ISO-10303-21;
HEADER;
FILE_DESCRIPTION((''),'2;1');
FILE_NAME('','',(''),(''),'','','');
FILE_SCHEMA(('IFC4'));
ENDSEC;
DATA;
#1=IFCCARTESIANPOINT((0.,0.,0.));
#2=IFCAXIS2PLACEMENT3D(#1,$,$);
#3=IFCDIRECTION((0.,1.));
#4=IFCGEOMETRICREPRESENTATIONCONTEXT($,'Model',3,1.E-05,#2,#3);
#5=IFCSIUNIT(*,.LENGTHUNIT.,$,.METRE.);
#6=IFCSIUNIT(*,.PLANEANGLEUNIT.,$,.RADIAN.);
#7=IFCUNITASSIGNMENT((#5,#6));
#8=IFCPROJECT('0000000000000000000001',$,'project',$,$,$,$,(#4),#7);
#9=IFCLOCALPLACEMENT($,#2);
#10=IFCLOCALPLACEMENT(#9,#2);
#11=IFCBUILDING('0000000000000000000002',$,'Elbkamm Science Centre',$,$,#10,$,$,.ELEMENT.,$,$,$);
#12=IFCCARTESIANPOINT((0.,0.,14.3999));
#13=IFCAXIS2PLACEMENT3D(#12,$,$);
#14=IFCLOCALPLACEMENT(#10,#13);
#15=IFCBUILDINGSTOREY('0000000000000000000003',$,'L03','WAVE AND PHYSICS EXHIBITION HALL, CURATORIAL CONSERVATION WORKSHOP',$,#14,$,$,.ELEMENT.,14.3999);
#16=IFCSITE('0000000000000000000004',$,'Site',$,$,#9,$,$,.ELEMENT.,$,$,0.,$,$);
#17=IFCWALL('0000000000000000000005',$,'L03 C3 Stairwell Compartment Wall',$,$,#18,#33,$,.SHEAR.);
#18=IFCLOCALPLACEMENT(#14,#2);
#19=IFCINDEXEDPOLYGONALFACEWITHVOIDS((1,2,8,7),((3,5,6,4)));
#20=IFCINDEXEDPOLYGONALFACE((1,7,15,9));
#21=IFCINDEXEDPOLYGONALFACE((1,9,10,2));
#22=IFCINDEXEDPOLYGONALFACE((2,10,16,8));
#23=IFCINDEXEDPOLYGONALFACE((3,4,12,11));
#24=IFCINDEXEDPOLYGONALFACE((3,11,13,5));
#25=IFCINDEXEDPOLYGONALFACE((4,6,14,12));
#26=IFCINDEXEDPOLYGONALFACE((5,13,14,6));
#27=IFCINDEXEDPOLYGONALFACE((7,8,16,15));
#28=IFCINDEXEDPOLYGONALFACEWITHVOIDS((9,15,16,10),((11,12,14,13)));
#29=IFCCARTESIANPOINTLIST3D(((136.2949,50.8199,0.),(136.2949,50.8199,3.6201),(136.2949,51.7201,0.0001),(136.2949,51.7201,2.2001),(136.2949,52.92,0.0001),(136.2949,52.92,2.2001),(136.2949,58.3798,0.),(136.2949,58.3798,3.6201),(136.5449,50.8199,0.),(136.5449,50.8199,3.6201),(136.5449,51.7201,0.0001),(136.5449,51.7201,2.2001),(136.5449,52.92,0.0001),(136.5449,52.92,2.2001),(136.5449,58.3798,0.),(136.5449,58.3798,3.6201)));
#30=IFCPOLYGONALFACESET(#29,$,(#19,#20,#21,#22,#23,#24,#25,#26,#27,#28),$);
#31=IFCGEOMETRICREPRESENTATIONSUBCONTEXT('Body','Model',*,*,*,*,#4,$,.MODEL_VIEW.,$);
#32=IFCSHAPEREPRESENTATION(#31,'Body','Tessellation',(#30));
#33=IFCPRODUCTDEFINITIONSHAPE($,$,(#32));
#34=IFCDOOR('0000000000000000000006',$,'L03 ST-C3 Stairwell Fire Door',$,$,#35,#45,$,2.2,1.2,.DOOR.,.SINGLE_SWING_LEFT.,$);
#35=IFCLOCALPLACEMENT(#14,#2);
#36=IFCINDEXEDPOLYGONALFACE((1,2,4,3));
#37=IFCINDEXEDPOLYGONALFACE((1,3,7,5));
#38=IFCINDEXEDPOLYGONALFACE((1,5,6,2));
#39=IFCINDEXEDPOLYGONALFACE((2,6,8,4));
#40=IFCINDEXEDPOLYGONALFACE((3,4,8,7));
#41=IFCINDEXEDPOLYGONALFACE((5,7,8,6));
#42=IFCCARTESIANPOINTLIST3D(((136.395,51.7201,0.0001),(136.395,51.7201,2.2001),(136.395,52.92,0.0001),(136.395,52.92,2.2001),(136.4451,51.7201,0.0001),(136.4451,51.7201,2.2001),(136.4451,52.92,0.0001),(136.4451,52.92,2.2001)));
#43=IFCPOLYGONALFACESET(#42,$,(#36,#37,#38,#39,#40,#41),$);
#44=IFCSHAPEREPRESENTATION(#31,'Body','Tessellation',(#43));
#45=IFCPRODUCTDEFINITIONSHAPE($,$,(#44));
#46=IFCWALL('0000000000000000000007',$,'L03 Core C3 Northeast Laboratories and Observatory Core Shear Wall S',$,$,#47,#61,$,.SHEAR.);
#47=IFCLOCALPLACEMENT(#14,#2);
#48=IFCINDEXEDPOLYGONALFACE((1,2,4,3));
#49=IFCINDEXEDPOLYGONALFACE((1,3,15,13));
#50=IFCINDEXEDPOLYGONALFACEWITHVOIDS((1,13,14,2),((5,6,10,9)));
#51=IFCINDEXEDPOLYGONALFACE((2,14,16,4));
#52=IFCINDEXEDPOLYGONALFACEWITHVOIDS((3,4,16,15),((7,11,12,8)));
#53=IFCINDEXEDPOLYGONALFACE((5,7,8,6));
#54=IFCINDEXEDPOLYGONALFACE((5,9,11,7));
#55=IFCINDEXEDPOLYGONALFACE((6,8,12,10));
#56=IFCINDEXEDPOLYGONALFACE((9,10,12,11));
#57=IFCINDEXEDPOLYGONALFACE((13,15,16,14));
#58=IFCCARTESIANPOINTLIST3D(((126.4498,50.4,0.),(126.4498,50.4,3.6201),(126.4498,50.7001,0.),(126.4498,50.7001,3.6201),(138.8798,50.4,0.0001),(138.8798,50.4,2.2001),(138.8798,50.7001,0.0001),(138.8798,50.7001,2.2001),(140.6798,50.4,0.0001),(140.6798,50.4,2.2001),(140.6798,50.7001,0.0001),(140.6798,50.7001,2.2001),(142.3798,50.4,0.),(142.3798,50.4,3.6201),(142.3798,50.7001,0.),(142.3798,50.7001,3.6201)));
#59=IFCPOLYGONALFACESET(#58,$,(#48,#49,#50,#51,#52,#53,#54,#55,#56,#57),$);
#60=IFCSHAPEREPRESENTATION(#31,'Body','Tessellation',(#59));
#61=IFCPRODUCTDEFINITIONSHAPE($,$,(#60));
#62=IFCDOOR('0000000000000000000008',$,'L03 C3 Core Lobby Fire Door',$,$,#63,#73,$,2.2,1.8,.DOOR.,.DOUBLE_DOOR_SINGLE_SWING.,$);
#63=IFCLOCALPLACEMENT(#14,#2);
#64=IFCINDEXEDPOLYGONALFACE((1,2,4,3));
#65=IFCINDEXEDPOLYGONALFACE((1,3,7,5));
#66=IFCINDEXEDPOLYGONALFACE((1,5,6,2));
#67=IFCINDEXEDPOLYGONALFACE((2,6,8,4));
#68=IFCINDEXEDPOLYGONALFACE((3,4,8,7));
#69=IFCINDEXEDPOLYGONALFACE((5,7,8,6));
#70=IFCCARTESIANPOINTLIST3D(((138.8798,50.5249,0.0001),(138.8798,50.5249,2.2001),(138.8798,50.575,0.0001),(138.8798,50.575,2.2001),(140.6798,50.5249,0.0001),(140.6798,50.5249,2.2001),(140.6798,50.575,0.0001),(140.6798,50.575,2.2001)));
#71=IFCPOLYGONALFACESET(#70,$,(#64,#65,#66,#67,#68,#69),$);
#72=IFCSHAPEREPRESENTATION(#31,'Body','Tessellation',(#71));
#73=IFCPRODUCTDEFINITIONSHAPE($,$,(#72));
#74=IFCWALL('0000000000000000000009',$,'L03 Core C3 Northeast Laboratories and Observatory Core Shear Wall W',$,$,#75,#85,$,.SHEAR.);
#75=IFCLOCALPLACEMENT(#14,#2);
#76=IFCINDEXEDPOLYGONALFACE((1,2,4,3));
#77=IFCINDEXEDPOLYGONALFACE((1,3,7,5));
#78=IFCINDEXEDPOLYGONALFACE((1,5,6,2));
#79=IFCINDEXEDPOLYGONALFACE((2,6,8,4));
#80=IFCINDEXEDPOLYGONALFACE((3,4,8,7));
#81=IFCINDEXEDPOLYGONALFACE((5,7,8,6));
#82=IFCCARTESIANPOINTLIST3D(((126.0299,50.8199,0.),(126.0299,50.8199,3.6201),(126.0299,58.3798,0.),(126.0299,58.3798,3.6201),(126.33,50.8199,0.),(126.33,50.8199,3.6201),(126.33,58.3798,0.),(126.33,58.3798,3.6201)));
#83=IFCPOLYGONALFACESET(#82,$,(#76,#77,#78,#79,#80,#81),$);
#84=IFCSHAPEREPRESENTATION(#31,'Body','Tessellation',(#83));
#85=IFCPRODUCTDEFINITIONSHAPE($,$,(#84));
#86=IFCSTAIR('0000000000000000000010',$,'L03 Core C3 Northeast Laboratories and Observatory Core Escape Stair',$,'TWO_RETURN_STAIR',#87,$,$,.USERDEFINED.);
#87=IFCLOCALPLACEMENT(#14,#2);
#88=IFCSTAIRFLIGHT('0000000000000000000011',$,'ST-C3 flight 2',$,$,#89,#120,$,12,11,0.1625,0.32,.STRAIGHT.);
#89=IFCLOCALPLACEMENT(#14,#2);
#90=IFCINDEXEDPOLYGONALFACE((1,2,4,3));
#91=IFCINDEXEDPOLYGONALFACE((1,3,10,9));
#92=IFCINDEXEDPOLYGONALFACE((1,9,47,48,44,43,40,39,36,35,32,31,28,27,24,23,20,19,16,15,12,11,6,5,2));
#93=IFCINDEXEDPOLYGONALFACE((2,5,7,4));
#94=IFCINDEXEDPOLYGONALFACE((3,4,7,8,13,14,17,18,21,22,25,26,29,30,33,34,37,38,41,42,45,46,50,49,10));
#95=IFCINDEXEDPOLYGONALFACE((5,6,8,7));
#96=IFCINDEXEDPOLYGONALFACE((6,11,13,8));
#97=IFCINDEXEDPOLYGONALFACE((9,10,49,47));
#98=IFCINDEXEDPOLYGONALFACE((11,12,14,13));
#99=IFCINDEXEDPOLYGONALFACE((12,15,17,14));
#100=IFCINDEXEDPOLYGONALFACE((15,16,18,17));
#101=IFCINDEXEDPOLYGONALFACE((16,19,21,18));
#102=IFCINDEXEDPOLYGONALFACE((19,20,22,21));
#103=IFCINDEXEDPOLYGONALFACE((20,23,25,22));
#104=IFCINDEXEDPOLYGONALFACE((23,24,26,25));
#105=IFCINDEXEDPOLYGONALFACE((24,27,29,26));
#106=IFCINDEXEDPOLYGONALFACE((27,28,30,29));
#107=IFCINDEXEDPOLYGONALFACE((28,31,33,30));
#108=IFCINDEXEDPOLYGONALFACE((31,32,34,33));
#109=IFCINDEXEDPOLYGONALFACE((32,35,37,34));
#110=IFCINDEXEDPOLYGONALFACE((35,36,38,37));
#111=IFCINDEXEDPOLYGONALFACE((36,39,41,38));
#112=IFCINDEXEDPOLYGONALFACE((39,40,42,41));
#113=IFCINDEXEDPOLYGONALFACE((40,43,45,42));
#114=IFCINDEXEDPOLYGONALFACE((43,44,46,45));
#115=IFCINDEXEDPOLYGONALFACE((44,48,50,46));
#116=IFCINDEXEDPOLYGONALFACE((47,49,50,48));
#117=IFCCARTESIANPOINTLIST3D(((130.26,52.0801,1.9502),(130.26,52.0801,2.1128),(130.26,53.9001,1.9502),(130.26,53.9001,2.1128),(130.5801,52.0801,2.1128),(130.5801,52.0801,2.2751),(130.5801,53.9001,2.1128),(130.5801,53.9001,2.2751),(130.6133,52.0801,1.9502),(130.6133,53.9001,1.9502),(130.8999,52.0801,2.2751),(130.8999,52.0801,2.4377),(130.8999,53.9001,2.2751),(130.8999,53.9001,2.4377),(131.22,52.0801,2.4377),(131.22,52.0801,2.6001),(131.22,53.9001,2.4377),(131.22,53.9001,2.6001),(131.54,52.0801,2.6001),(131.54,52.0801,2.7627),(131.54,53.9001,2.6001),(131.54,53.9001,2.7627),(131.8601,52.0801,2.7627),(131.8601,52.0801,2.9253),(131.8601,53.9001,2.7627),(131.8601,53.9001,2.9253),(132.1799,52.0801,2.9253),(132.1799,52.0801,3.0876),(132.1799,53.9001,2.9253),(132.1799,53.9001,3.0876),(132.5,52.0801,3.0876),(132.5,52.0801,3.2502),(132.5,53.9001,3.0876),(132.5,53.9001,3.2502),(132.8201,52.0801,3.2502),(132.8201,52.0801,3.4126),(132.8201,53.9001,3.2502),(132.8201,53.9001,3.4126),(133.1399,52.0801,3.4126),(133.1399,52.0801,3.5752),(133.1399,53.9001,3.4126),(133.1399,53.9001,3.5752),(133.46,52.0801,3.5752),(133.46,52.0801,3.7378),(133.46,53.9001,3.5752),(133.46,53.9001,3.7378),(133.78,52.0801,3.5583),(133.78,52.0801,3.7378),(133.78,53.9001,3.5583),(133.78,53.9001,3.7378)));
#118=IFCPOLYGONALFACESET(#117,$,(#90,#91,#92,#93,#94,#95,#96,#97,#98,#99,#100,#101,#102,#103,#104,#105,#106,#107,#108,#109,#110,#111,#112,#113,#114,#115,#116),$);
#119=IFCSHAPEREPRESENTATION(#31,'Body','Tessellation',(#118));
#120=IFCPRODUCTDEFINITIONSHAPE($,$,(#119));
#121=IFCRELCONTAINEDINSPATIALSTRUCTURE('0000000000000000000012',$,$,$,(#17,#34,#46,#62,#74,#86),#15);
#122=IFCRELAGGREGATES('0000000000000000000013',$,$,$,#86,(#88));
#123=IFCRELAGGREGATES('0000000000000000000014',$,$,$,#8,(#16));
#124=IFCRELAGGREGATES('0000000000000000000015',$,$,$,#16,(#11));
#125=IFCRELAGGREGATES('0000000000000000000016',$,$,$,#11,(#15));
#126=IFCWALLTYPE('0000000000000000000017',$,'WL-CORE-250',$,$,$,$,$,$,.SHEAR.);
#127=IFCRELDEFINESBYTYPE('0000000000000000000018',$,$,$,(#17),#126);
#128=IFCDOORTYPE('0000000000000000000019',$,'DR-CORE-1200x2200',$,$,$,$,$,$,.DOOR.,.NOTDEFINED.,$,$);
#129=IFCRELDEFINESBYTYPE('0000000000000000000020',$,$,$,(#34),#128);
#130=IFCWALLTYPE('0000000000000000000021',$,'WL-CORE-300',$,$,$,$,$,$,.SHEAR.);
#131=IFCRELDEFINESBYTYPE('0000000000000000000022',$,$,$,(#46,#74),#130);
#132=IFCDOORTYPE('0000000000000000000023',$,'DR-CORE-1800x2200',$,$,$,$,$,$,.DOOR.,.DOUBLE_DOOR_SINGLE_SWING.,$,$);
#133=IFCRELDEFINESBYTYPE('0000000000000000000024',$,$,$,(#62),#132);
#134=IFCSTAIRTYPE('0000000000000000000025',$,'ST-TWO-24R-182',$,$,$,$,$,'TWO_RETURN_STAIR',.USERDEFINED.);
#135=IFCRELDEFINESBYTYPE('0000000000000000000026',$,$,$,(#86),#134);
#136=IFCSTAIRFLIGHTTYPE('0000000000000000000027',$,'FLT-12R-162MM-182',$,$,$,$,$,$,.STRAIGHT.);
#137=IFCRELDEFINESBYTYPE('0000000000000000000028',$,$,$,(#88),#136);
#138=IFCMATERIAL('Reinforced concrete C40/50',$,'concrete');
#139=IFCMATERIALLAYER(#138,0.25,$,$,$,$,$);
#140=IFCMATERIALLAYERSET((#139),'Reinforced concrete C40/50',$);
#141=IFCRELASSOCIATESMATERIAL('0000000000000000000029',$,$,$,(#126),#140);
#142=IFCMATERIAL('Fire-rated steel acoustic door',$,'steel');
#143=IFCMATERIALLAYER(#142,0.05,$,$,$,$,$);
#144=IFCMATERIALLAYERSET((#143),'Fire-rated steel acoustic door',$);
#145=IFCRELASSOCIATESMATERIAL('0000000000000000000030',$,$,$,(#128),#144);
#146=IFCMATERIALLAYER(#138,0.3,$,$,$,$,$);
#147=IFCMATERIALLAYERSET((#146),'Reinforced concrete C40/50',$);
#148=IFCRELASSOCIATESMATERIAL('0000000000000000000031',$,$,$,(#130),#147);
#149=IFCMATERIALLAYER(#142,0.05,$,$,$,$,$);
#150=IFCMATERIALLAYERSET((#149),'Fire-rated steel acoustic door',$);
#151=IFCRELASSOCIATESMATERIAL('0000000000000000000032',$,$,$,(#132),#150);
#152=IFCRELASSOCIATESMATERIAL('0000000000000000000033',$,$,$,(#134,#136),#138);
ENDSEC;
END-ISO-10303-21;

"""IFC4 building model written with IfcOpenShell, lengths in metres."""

from ifc_helpers import new_model, si_unit, direction, frame, frame_2d, origin, place, context, subcontext, project, spatial, polyline, rectangle, outline, extrude, material, layer, layer_set, type_object, element, fill, aggregate, save


model = new_model("IFC4")

# Units and contexts
model_context = context("Model", 3, precision=1e-05, world=origin(), true_north=direction((0.0, 1.0)))
body_context = subcontext(model_context, "Body", "Model", "MODEL_VIEW")
ifc_project = project(units=[si_unit("LENGTHUNIT", "METRE"), si_unit("PLANEANGLEUNIT", "RADIAN")], contexts=[model_context])

# Site, building, storey
site_placement = place(None, origin())
site = spatial("IfcSite", under=ifc_project, at=site_placement, Name="Site", CompositionType="ELEMENT", RefElevation=0.0)
building_placement = place(site_placement, origin())
building = spatial("IfcBuilding", under=site, at=building_placement, Name="Elbkamm Science Centre", CompositionType="ELEMENT")
storey_placement = place(building_placement, frame((0.0, 0.0, 14.3999)))
storey = spatial("IfcBuildingStorey", under=building, at=storey_placement, Name="L03", Description="WAVE AND PHYSICS EXHIBITION HALL, CURATORIAL CONSERVATION WORKSHOP", CompositionType="ELEMENT", Elevation=14.3999)

# Shared definitions
ifc_material_1 = material(Name="Reinforced concrete C40/50", Category="concrete")
ifc_layer_1 = layer(ifc_material_1, 0.25)
ifc_layer_set_1 = layer_set([ifc_layer_1], Name="Reinforced concrete C40/50")
wall_type_1 = type_object("IfcWallType", Name="WL-CORE-250", PredefinedType="SHEAR", material=ifc_layer_set_1)

# Walls, openings, doors
wall_1_placement = place(storey_placement, frame((136.4199, 50.8201, 0.0), z_axis=(0.0, 0.0, 1.0), x_axis=(0.0, 1.0, 0.0)))
wall_1 = element("IfcWall", 1, at=wall_1_placement, inside=storey, type_object=wall_type_1, Name="L03 C3 Stairwell Compartment Wall", PredefinedType="SHEAR", context=body_context, shape_type="SweptSolid", body=[
    extrude(rectangle(XDim=7.5598, YDim=0.25, at=frame_2d((3.7798, 0.0))), origin(), (0.0, 0.0, 1.0), 3.6201),
])
opening_1_placement = place(wall_1_placement, frame((0.8999, 0.0, 0.0)))
opening_1 = element("IfcOpeningElement", 2, at=opening_1_placement, cuts=wall_1, PredefinedType="OPENING", context=body_context, shape_type="SweptSolid", body=[
    extrude(rectangle(XDim=1.2, YDim=2.2, at=frame_2d((0.6001, 1.1001))), frame((0.0, 0.137, 0.0), z_axis=(0.0, -1.0, 0.0), x_axis=(1.0, 0.0, 0.0)), (0.0, 0.0, 1.0), 0.2739),
])
ifc_material_2 = material(Name="Fire-rated steel acoustic door", Category="steel")
ifc_layer_2 = layer(ifc_material_2, 0.05)
ifc_layer_set_2 = layer_set([ifc_layer_2], Name="Fire-rated steel acoustic door")
door_type_1 = type_object("IfcDoorType", Name="DR-CORE-1200x2200", OperationType="NOTDEFINED", PredefinedType="DOOR", material=ifc_layer_set_2)
door_1_placement = place(opening_1_placement, origin())
door_1 = element("IfcDoor", 3, at=door_1_placement, inside=storey, type_object=door_type_1, Name="L03 ST-C3 Stairwell Fire Door", OperationType="SINGLE_SWING_LEFT", OverallHeight=2.2, OverallWidth=1.2, PredefinedType="DOOR", context=body_context, shape_type="SweptSolid", body=[
    extrude(rectangle(XDim=1.2, YDim=2.2, at=frame_2d((0.6001, 1.1001))), frame((0.0, 0.0249, 0.0), z_axis=(0.0, -1.0, 0.0), x_axis=(1.0, 0.0, 0.0)), (0.0, 0.0, 1.0), 0.05),
])
fill(opening_1, door_1)
ifc_layer_3 = layer(ifc_material_1, 0.3)
ifc_layer_set_3 = layer_set([ifc_layer_3], Name="Reinforced concrete C40/50")
wall_type_2 = type_object("IfcWallType", Name="WL-CORE-300", PredefinedType="SHEAR", material=ifc_layer_set_3)
wall_2_placement = place(storey_placement, frame((126.45, 50.55, 0.0), z_axis=(0.0, 0.0, 1.0), x_axis=(1.0, 0.0, 0.0)))
wall_2 = element("IfcWall", 4, at=wall_2_placement, inside=storey, type_object=wall_type_2, Name="L03 Core C3 Northeast Laboratories and Observatory Core Shear Wall S", PredefinedType="SHEAR", context=body_context, shape_type="SweptSolid", body=[
    extrude(rectangle(XDim=15.9299, YDim=0.3, at=frame_2d((7.9648, 0.0))), origin(), (0.0, 0.0, 1.0), 3.6201),
])
opening_2_placement = place(wall_2_placement, frame((12.4299, 0.0, 0.0)))
opening_2 = element("IfcOpeningElement", 5, at=opening_2_placement, cuts=wall_2, PredefinedType="OPENING", context=body_context, shape_type="SweptSolid", body=[
    extrude(rectangle(XDim=1.8, YDim=2.2, at=frame_2d((0.8999, 1.1001))), frame((0.0, 0.1621, 0.0), z_axis=(0.0, -1.0, 0.0), x_axis=(1.0, 0.0, 0.0)), (0.0, 0.0, 1.0), 0.324),
])
ifc_layer_4 = layer(ifc_material_2, 0.05)
ifc_layer_set_4 = layer_set([ifc_layer_4], Name="Fire-rated steel acoustic door")
door_type_2 = type_object("IfcDoorType", Name="DR-CORE-1800x2200", OperationType="DOUBLE_DOOR_SINGLE_SWING", PredefinedType="DOOR", material=ifc_layer_set_4)
door_2_placement = place(opening_2_placement, origin())
door_2 = element("IfcDoor", 6, at=door_2_placement, inside=storey, type_object=door_type_2, Name="L03 C3 Core Lobby Fire Door", OperationType="DOUBLE_DOOR_SINGLE_SWING", OverallHeight=2.2, OverallWidth=1.8, PredefinedType="DOOR", context=body_context, shape_type="SweptSolid", body=[
    extrude(rectangle(XDim=1.8, YDim=2.2, at=frame_2d((0.8999, 1.1001))), frame((0.0, 0.0249, 0.0), z_axis=(0.0, -1.0, 0.0), x_axis=(1.0, 0.0, 0.0)), (0.0, 0.0, 1.0), 0.05),
])
fill(opening_2, door_2)

# Wall
wall_3_placement = place(storey_placement, frame((126.1799, 50.8201, 0.0), z_axis=(0.0, 0.0, 1.0), x_axis=(0.0, 1.0, 0.0)))
element("IfcWall", 7, at=wall_3_placement, inside=storey, type_object=wall_type_2, Name="L03 Core C3 Northeast Laboratories and Observatory Core Shear Wall W", PredefinedType="SHEAR", context=body_context, shape_type="SweptSolid", body=[
    extrude(rectangle(XDim=7.5598, YDim=0.3, at=frame_2d((3.7798, 0.0))), origin(), (0.0, 0.0, 1.0), 3.6201),
])

# Stair, stair flight
stair_type = type_object("IfcStairType", Name="ST-TWO-24R-182", ElementType="TWO_RETURN_STAIR", PredefinedType="USERDEFINED", material=ifc_material_1)
stair_placement = place(storey_placement, origin())
stair = element("IfcStair", 8, at=stair_placement, inside=storey, type_object=stair_type, Name="L03 Core C3 Northeast Laboratories and Observatory Core Escape Stair", ObjectType="TWO_RETURN_STAIR", PredefinedType="USERDEFINED")
stair_flight_type = type_object("IfcStairFlightType", Name="FLT-12R-162MM-182", PredefinedType="STRAIGHT", material=ifc_material_1)
stair_flight_placement = place(storey_placement, frame((130.26, 52.99, 1.9502), z_axis=(0.0, 0.0, 1.0), x_axis=(1.0, 0.0, 0.0)))
stair_flight = element("IfcStairFlight", 9, at=stair_flight_placement, type_object=stair_flight_type, Name="ST-C3 flight 2", NumberOfRisers=12, NumberOfTreads=11, PredefinedType="STRAIGHT", RiserHeight=0.1625, TreadLength=0.32, context=body_context, shape_type="SweptSolid", body=[
    extrude(outline(polyline([(0.0, 0.0), (0.0, 0.1626), (0.3201, 0.1626), (0.3201, 0.325), (0.6399, 0.325), (0.6399, 0.4875), (0.96, 0.4875), (0.96, 0.6499), (1.28, 0.6499), (1.28, 0.8125), (1.6001, 0.8125), (1.6001, 0.9751), (1.9199, 0.9751), (1.9199, 1.1375), (2.24, 1.1375), (2.24, 1.3), (2.5601, 1.3), (2.5601, 1.4624), (2.8799, 1.4624), (2.8799, 1.625), (3.2, 1.625), (3.2, 1.7876), (3.52, 1.7876), (3.52, 1.95), (3.52, 1.6082), (0.3533, 0.0), (0.0, 0.0)])), frame((0.0, 0.9102, 0.0), z_axis=(0.0, -1.0, 0.0), x_axis=(1.0, 0.0, 0.0)), (0.0, 0.0, 1.0), 1.8201),
])
aggregate(stair, [stair_flight])

save(model, "model.ifc")
